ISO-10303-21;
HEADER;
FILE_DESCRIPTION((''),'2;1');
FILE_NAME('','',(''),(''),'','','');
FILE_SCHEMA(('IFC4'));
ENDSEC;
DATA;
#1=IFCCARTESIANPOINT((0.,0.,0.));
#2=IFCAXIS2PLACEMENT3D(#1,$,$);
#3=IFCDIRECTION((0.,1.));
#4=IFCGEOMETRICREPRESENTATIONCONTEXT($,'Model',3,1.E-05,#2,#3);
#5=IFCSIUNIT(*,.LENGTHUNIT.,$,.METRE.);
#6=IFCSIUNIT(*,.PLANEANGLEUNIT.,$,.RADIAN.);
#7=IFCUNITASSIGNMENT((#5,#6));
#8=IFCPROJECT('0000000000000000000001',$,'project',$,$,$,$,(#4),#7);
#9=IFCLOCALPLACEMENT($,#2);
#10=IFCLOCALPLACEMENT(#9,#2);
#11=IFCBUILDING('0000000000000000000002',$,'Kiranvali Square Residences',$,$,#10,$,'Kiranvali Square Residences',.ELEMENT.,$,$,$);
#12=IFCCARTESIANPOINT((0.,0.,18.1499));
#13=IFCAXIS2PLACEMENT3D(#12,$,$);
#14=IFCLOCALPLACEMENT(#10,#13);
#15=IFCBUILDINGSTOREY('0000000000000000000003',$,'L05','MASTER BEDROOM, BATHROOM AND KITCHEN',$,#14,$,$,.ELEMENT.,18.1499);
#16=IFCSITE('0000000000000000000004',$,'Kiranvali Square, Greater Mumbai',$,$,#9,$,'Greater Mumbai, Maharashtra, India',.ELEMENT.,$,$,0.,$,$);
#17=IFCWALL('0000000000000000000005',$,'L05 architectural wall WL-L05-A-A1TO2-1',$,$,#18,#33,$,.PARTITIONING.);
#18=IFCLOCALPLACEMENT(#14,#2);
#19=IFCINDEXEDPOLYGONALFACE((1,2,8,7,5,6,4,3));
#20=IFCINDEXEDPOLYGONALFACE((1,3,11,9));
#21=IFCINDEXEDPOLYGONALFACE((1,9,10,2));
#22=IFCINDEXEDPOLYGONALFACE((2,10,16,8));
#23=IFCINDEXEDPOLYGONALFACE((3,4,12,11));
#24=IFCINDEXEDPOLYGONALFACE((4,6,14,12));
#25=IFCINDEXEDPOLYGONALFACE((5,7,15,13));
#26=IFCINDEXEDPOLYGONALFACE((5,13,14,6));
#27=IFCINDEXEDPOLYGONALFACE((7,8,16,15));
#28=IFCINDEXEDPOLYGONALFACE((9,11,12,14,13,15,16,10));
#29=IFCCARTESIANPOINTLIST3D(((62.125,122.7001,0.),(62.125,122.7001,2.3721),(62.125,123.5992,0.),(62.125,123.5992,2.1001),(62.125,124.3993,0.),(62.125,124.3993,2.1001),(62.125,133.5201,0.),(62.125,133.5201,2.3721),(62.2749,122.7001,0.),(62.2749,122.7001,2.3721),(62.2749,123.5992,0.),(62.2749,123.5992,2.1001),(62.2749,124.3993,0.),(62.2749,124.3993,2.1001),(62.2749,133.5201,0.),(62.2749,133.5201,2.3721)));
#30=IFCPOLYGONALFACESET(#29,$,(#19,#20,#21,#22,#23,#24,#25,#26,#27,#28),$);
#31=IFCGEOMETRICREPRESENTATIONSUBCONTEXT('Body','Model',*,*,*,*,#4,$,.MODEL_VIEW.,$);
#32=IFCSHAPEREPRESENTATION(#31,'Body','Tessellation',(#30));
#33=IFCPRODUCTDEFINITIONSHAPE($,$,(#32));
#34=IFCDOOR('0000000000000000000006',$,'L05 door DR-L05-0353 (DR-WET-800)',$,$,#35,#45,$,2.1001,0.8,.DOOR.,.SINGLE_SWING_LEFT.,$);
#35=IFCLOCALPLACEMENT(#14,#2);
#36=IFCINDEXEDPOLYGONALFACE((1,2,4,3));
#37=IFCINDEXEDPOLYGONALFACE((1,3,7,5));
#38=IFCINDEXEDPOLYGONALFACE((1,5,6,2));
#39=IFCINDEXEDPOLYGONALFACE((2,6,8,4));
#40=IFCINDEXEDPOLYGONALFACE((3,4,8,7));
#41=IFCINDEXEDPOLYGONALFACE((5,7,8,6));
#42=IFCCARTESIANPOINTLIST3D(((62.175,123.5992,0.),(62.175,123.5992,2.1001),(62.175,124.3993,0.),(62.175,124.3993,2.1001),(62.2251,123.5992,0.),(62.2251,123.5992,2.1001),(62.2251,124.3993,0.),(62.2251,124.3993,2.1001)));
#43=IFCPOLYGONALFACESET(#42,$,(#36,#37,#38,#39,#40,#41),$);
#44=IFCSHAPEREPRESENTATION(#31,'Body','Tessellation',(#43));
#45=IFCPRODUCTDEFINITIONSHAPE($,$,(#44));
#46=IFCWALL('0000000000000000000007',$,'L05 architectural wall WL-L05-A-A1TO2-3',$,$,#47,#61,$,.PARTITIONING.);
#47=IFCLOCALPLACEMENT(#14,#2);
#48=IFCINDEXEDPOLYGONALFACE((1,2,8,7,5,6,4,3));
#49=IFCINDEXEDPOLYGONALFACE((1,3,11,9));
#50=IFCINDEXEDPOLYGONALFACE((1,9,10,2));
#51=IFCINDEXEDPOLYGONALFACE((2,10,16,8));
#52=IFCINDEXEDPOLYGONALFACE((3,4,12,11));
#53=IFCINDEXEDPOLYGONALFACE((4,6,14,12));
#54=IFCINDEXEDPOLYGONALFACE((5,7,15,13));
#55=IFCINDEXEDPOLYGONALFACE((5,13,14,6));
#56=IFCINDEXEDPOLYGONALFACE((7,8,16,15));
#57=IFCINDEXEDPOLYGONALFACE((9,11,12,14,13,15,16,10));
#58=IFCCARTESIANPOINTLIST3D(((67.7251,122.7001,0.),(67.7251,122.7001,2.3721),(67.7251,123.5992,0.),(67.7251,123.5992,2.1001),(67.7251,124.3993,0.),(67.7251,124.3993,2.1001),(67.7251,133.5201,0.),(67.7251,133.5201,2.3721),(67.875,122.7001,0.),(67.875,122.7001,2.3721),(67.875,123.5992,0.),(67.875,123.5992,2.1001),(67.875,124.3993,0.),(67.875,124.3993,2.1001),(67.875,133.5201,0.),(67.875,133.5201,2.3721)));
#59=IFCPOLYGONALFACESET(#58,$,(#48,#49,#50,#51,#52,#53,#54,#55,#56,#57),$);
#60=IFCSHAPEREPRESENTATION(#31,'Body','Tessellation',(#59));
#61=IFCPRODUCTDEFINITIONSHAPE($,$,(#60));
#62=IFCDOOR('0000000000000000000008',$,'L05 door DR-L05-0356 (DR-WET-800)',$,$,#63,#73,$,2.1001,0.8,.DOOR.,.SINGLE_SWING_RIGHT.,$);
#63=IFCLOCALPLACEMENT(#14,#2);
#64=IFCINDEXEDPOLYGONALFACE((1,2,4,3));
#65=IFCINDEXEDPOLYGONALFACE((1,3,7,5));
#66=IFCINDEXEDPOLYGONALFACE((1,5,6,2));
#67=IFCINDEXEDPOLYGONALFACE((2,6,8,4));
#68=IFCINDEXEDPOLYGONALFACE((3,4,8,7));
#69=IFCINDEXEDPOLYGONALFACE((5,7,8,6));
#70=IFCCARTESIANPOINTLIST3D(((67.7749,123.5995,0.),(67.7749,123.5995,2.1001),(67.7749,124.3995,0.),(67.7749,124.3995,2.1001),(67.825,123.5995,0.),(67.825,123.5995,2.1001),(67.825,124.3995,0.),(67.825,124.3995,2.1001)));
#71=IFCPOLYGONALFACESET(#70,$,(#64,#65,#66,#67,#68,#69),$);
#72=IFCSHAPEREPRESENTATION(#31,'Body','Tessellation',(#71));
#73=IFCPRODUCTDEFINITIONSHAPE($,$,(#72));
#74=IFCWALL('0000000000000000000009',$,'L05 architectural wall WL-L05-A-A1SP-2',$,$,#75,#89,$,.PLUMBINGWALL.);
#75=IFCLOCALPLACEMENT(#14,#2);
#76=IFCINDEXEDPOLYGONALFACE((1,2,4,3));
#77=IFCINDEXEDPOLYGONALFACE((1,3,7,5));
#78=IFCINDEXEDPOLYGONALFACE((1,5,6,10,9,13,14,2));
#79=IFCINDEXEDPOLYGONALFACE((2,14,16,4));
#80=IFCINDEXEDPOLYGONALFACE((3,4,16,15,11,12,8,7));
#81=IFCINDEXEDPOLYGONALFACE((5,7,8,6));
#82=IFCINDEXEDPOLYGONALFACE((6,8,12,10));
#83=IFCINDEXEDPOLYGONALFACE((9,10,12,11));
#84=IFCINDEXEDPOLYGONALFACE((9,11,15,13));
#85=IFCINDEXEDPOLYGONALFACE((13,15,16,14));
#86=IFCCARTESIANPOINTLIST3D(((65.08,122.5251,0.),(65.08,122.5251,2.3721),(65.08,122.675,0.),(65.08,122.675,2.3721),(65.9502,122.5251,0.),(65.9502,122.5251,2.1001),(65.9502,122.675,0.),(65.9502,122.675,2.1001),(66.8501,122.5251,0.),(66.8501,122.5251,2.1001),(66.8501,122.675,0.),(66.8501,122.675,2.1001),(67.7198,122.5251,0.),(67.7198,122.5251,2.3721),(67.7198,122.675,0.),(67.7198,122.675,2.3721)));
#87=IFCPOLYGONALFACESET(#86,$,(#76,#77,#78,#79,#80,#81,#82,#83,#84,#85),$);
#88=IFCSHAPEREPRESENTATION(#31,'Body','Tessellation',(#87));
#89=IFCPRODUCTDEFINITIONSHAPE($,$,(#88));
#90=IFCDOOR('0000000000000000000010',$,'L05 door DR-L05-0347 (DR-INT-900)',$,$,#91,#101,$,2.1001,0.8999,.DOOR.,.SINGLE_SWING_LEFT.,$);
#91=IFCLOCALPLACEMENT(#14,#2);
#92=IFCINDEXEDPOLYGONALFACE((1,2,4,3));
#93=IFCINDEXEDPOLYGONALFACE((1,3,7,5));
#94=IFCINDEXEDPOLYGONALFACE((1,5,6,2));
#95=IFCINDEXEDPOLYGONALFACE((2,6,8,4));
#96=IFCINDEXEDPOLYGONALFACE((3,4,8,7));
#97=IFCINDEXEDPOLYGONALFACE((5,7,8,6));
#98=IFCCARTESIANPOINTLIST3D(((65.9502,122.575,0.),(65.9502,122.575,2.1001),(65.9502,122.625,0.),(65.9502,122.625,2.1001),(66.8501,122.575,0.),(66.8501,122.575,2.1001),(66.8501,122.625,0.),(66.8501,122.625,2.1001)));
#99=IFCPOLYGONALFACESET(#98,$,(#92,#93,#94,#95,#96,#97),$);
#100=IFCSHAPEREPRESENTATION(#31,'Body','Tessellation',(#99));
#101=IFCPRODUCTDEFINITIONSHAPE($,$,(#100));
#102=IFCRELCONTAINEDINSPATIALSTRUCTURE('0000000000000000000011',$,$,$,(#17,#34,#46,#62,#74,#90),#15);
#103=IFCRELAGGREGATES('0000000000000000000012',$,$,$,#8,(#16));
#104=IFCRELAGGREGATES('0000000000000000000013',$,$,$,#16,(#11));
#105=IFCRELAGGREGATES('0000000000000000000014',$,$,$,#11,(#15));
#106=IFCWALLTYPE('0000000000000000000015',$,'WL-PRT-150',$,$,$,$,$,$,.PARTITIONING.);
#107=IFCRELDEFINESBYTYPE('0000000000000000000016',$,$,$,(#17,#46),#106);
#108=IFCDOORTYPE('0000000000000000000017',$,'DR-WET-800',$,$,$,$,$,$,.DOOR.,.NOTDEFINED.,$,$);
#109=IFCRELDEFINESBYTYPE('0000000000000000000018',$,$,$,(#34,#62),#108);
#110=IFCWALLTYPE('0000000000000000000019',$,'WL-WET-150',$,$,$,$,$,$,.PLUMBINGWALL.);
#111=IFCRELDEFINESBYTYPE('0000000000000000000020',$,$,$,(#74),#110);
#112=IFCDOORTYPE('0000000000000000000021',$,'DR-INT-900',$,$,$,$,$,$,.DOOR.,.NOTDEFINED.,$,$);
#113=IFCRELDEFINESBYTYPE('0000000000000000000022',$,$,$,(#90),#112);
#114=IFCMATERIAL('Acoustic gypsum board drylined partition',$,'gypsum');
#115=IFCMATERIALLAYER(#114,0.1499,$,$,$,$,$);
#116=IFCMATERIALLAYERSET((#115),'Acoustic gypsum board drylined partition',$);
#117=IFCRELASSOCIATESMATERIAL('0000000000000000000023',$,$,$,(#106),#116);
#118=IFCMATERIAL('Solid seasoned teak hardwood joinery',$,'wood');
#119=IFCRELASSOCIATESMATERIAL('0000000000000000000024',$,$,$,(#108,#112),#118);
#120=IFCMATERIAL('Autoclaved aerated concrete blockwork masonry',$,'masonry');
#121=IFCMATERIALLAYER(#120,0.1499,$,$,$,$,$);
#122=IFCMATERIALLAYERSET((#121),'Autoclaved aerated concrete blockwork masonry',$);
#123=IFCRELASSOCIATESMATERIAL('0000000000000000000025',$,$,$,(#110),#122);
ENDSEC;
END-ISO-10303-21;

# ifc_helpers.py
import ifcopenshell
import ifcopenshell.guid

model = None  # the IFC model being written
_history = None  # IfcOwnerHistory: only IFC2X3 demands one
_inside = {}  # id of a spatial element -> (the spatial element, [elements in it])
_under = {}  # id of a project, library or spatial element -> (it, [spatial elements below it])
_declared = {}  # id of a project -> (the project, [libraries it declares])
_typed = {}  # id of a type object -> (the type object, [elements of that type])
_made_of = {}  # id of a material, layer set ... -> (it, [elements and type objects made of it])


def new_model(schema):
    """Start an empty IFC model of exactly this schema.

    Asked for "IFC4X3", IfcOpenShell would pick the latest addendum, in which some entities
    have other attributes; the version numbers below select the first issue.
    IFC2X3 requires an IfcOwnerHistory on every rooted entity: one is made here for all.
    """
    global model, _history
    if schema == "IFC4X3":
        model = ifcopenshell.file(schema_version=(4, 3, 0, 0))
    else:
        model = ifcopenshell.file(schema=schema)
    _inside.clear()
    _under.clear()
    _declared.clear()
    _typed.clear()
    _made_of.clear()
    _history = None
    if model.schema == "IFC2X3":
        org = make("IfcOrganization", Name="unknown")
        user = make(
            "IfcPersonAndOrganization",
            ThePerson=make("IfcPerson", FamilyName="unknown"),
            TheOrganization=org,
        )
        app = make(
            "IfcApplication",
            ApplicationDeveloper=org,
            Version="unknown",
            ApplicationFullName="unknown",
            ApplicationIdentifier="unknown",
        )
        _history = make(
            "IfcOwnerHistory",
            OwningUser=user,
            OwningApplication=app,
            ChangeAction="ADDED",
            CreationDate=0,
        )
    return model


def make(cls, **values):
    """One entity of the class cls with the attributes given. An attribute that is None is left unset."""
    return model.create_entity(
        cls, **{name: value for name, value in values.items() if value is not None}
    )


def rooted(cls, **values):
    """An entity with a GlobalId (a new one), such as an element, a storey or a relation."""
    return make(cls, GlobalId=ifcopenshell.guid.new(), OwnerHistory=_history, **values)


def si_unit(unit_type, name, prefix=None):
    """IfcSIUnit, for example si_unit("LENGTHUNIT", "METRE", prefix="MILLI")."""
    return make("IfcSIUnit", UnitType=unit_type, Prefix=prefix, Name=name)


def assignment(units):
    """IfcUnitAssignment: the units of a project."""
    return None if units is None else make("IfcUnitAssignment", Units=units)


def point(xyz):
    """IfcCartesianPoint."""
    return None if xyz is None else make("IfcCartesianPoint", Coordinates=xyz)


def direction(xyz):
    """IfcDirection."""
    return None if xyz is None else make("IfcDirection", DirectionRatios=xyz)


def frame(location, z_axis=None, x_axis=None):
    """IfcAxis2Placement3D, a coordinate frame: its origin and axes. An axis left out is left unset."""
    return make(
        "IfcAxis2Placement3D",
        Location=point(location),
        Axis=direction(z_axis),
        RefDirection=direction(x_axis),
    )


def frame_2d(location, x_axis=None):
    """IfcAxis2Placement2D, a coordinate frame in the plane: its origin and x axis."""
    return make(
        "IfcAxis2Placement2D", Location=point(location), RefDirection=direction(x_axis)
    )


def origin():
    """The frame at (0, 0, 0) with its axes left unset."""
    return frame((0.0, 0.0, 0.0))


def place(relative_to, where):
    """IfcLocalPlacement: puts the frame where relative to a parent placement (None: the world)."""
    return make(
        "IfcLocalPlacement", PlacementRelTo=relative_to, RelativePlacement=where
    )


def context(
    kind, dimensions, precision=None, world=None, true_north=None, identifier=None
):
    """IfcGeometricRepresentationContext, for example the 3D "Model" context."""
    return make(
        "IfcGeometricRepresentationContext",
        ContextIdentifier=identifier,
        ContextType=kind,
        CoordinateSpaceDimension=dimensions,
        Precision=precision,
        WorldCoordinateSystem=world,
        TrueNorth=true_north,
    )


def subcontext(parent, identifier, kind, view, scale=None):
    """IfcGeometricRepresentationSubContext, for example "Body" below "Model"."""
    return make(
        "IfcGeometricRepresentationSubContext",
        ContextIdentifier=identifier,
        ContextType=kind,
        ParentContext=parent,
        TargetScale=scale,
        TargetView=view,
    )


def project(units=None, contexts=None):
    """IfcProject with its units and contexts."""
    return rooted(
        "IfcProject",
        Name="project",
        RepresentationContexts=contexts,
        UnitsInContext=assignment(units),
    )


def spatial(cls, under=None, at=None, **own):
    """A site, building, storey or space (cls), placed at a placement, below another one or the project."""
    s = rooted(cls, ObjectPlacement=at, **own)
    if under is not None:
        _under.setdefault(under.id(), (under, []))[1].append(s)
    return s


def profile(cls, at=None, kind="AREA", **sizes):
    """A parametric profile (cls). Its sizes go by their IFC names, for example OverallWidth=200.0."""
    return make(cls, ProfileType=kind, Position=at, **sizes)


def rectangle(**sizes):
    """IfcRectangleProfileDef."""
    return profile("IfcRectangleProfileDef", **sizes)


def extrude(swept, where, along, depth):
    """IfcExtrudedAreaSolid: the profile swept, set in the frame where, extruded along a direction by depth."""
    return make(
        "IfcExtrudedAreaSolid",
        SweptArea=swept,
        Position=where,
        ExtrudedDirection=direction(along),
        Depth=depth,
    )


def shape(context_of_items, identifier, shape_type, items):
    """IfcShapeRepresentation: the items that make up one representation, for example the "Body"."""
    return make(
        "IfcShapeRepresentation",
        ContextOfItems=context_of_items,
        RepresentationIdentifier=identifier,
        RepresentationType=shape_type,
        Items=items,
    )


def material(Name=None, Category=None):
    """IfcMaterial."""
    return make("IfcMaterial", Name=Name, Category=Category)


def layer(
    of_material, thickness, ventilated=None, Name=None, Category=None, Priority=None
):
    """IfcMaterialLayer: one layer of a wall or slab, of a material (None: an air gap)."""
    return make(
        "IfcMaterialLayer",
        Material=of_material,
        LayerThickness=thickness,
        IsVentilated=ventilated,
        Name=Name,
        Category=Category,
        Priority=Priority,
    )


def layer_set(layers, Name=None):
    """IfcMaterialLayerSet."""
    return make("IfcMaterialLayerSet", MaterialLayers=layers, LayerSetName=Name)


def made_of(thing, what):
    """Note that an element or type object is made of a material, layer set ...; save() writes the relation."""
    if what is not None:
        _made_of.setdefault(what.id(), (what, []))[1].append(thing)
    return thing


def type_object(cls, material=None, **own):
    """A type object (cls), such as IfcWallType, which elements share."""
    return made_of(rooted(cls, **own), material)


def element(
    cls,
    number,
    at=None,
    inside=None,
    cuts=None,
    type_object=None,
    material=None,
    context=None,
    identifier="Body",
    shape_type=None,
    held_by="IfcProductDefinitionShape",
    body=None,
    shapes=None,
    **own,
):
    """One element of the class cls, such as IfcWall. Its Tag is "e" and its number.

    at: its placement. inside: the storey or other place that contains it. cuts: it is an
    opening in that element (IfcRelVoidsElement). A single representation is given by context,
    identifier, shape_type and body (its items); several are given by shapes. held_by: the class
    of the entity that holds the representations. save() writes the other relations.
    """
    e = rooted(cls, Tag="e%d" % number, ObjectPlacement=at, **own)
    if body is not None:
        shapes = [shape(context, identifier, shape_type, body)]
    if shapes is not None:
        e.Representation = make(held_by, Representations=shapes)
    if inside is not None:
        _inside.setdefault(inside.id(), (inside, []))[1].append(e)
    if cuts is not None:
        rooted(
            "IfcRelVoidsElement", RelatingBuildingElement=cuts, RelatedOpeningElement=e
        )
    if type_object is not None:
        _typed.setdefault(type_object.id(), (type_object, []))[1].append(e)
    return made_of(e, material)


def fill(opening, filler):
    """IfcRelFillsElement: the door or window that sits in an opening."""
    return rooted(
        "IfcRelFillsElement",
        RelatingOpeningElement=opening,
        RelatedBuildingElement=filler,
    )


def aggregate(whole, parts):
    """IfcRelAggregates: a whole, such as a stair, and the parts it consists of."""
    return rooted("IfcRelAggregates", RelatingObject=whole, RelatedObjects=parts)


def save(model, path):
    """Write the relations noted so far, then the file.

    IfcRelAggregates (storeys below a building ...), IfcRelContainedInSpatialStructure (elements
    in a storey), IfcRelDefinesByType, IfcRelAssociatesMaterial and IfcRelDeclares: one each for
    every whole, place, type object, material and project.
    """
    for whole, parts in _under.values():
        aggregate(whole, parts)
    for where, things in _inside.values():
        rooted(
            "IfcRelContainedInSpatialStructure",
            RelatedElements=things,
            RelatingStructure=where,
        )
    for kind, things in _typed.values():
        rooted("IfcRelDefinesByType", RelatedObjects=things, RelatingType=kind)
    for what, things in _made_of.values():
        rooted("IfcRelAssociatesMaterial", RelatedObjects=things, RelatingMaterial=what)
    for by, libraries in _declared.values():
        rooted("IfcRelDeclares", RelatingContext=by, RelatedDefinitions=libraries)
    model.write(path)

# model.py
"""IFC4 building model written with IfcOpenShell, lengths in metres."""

from ifc_helpers import new_model, si_unit, direction, frame, frame_2d, origin, place, context, subcontext, project, spatial, rectangle, extrude, material, layer, layer_set, type_object, element, fill, save


model = new_model("IFC4")

# Units and contexts
model_context = context("Model", 3, precision=1e-05, world=origin(), true_north=direction((0.0, 1.0)))
body_context = subcontext(model_context, "Body", "Model", "MODEL_VIEW")
ifc_project = project(units=[si_unit("LENGTHUNIT", "METRE"), si_unit("PLANEANGLEUNIT", "RADIAN")], contexts=[model_context])

# Site, building, storey
site_placement = place(None, origin())
site = spatial("IfcSite", under=ifc_project, at=site_placement, Name="Kiranvali Square, Greater Mumbai", LongName="Greater Mumbai, Maharashtra, India", CompositionType="ELEMENT", RefElevation=0.0)
building_placement = place(site_placement, origin())
building = spatial("IfcBuilding", under=site, at=building_placement, Name="Kiranvali Square Residences", LongName="Kiranvali Square Residences", CompositionType="ELEMENT")
storey_placement = place(building_placement, frame((0.0, 0.0, 18.1499)))
storey = spatial("IfcBuildingStorey", under=building, at=storey_placement, Name="L05", Description="MASTER BEDROOM, BATHROOM AND KITCHEN", CompositionType="ELEMENT", Elevation=18.1499)

# Shared definitions
ifc_material_1 = material(Name="Autoclaved aerated concrete blockwork masonry", Category="masonry")

# Walls, openings, doors
ifc_material_2 = material(Name="Acoustic gypsum board drylined partition", Category="gypsum")
ifc_layer_1 = layer(ifc_material_2, 0.1499)
ifc_layer_set_1 = layer_set([ifc_layer_1], Name="Acoustic gypsum board drylined partition")
wall_type_1 = type_object("IfcWallType", Name="WL-PRT-150", PredefinedType="PARTITIONING", material=ifc_layer_set_1)
wall_1_placement = place(storey_placement, frame((62.2, 122.7, 0.0), z_axis=(0.0, 0.0, 1.0), x_axis=(0.0, 1.0, 0.0)))
wall_1 = element("IfcWall", 1, at=wall_1_placement, inside=storey, type_object=wall_type_1, Name="L05 architectural wall WL-L05-A-A1TO2-1", PredefinedType="PARTITIONING", context=body_context, shape_type="SweptSolid", body=[
    extrude(rectangle(XDim=10.8201, YDim=0.1499, at=frame_2d((5.4102, 0.0))), origin(), (0.0, 0.0, 1.0), 2.3721),
])
opening_1_placement = place(wall_1_placement, frame((0.8994, 0.0, 0.0)))
opening_1 = element("IfcOpeningElement", 2, at=opening_1_placement, cuts=wall_1, PredefinedType="OPENING", context=body_context, shape_type="SweptSolid", body=[
    extrude(rectangle(XDim=0.8, YDim=2.1001, at=frame_2d((0.3999, 1.05))), frame((0.0, 0.085, 0.0), z_axis=(0.0, -1.0, 0.0), x_axis=(1.0, 0.0, 0.0)), (0.0, 0.0, 1.0), 0.1699),
])
ifc_material_3 = material(Name="Solid seasoned teak hardwood joinery", Category="wood")
door_type_1 = type_object("IfcDoorType", Name="DR-WET-800", OperationType="NOTDEFINED", PredefinedType="DOOR", material=ifc_material_3)
door_1_placement = place(opening_1_placement, origin())
door_1 = element("IfcDoor", 3, at=door_1_placement, inside=storey, type_object=door_type_1, Name="L05 door DR-L05-0353 (DR-WET-800)", OperationType="SINGLE_SWING_LEFT", OverallHeight=2.1001, OverallWidth=0.8, PredefinedType="DOOR", context=body_context, shape_type="SweptSolid", body=[
    extrude(rectangle(XDim=0.8, YDim=2.1001, at=frame_2d((0.3999, 1.05))), frame((0.0, 0.0249, 0.0), z_axis=(0.0, -1.0, 0.0), x_axis=(1.0, 0.0, 0.0)), (0.0, 0.0, 1.0), 0.05),
])
fill(opening_1, door_1)
wall_2_placement = place(storey_placement, frame((67.8, 122.7, 0.0), z_axis=(0.0, 0.0, 1.0), x_axis=(0.0, 1.0, 0.0)))
wall_2 = element("IfcWall", 4, at=wall_2_placement, inside=storey, type_object=wall_type_1, Name="L05 architectural wall WL-L05-A-A1TO2-3", PredefinedType="PARTITIONING", context=body_context, shape_type="SweptSolid", body=[
    extrude(rectangle(XDim=10.8201, YDim=0.1499, at=frame_2d((5.4102, 0.0))), origin(), (0.0, 0.0, 1.0), 2.3721),
])
opening_2_placement = place(wall_2_placement, frame((0.8994, 0.0, 0.0)))
opening_2 = element("IfcOpeningElement", 5, at=opening_2_placement, cuts=wall_2, PredefinedType="OPENING", context=body_context, shape_type="SweptSolid", body=[
    extrude(rectangle(XDim=0.8, YDim=2.1001, at=frame_2d((0.3999, 1.05))), frame((0.0, 0.085, 0.0), z_axis=(0.0, -1.0, 0.0), x_axis=(1.0, 0.0, 0.0)), (0.0, 0.0, 1.0), 0.1699),
])
door_2_placement = place(opening_2_placement, frame((0.8, 0.0, 0.0), z_axis=(0.0, 0.0, 1.0), x_axis=(-1.0, 0.0, 0.0)))
door_2 = element("IfcDoor", 6, at=door_2_placement, inside=storey, type_object=door_type_1, Name="L05 door DR-L05-0356 (DR-WET-800)", OperationType="SINGLE_SWING_RIGHT", OverallHeight=2.1001, OverallWidth=0.8, PredefinedType="DOOR", context=body_context, shape_type="SweptSolid", body=[
    extrude(rectangle(XDim=0.8, YDim=2.1001, at=frame_2d((0.3999, 1.05))), frame((0.0, 0.0249, 0.0), z_axis=(0.0, -1.0, 0.0), x_axis=(1.0, 0.0, 0.0)), (0.0, 0.0, 1.0), 0.05),
])
fill(opening_2, door_2)
ifc_layer_2 = layer(ifc_material_1, 0.1499)
ifc_layer_set_2 = layer_set([ifc_layer_2], Name="Autoclaved aerated concrete blockwork masonry")
wall_type_2 = type_object("IfcWallType", Name="WL-WET-150", PredefinedType="PLUMBINGWALL", material=ifc_layer_set_2)
wall_3_placement = place(storey_placement, frame((65.0801, 122.6001, 0.0), z_axis=(0.0, 0.0, 1.0), x_axis=(1.0, 0.0, 0.0)))
wall_3 = element("IfcWall", 7, at=wall_3_placement, inside=storey, type_object=wall_type_2, Name="L05 architectural wall WL-L05-A-A1SP-2", PredefinedType="PLUMBINGWALL", context=body_context, shape_type="SweptSolid", body=[
    extrude(rectangle(XDim=2.6399, YDim=0.1499, at=frame_2d((1.3198, 0.0))), origin(), (0.0, 0.0, 1.0), 2.3721),
])
opening_3_placement = place(wall_3_placement, frame((0.8701, 0.0, 0.0)))
opening_3 = element("IfcOpeningElement", 8, at=opening_3_placement, cuts=wall_3, PredefinedType="OPENING", context=body_context, shape_type="SweptSolid", body=[
    extrude(rectangle(XDim=0.8999, YDim=2.1001, at=frame_2d((0.45, 1.05))), frame((0.0, 0.085, 0.0), z_axis=(0.0, -1.0, 0.0), x_axis=(1.0, 0.0, 0.0)), (0.0, 0.0, 1.0), 0.1699),
])
door_type_2 = type_object("IfcDoorType", Name="DR-INT-900", OperationType="NOTDEFINED", PredefinedType="DOOR", material=ifc_material_3)
door_3_placement = place(opening_3_placement, origin())
door_3 = element("IfcDoor", 9, at=door_3_placement, inside=storey, type_object=door_type_2, Name="L05 door DR-L05-0347 (DR-INT-900)", OperationType="SINGLE_SWING_LEFT", OverallHeight=2.1001, OverallWidth=0.8999, PredefinedType="DOOR", context=body_context, shape_type="SweptSolid", body=[
    extrude(rectangle(XDim=0.8999, YDim=2.1001, at=frame_2d((0.45, 1.05))), frame((0.0, 0.0249, 0.0), z_axis=(0.0, -1.0, 0.0), x_axis=(1.0, 0.0, 0.0)), (0.0, 0.0, 1.0), 0.05),
])
fill(opening_3, door_3)

save(model, "model.ifc")
